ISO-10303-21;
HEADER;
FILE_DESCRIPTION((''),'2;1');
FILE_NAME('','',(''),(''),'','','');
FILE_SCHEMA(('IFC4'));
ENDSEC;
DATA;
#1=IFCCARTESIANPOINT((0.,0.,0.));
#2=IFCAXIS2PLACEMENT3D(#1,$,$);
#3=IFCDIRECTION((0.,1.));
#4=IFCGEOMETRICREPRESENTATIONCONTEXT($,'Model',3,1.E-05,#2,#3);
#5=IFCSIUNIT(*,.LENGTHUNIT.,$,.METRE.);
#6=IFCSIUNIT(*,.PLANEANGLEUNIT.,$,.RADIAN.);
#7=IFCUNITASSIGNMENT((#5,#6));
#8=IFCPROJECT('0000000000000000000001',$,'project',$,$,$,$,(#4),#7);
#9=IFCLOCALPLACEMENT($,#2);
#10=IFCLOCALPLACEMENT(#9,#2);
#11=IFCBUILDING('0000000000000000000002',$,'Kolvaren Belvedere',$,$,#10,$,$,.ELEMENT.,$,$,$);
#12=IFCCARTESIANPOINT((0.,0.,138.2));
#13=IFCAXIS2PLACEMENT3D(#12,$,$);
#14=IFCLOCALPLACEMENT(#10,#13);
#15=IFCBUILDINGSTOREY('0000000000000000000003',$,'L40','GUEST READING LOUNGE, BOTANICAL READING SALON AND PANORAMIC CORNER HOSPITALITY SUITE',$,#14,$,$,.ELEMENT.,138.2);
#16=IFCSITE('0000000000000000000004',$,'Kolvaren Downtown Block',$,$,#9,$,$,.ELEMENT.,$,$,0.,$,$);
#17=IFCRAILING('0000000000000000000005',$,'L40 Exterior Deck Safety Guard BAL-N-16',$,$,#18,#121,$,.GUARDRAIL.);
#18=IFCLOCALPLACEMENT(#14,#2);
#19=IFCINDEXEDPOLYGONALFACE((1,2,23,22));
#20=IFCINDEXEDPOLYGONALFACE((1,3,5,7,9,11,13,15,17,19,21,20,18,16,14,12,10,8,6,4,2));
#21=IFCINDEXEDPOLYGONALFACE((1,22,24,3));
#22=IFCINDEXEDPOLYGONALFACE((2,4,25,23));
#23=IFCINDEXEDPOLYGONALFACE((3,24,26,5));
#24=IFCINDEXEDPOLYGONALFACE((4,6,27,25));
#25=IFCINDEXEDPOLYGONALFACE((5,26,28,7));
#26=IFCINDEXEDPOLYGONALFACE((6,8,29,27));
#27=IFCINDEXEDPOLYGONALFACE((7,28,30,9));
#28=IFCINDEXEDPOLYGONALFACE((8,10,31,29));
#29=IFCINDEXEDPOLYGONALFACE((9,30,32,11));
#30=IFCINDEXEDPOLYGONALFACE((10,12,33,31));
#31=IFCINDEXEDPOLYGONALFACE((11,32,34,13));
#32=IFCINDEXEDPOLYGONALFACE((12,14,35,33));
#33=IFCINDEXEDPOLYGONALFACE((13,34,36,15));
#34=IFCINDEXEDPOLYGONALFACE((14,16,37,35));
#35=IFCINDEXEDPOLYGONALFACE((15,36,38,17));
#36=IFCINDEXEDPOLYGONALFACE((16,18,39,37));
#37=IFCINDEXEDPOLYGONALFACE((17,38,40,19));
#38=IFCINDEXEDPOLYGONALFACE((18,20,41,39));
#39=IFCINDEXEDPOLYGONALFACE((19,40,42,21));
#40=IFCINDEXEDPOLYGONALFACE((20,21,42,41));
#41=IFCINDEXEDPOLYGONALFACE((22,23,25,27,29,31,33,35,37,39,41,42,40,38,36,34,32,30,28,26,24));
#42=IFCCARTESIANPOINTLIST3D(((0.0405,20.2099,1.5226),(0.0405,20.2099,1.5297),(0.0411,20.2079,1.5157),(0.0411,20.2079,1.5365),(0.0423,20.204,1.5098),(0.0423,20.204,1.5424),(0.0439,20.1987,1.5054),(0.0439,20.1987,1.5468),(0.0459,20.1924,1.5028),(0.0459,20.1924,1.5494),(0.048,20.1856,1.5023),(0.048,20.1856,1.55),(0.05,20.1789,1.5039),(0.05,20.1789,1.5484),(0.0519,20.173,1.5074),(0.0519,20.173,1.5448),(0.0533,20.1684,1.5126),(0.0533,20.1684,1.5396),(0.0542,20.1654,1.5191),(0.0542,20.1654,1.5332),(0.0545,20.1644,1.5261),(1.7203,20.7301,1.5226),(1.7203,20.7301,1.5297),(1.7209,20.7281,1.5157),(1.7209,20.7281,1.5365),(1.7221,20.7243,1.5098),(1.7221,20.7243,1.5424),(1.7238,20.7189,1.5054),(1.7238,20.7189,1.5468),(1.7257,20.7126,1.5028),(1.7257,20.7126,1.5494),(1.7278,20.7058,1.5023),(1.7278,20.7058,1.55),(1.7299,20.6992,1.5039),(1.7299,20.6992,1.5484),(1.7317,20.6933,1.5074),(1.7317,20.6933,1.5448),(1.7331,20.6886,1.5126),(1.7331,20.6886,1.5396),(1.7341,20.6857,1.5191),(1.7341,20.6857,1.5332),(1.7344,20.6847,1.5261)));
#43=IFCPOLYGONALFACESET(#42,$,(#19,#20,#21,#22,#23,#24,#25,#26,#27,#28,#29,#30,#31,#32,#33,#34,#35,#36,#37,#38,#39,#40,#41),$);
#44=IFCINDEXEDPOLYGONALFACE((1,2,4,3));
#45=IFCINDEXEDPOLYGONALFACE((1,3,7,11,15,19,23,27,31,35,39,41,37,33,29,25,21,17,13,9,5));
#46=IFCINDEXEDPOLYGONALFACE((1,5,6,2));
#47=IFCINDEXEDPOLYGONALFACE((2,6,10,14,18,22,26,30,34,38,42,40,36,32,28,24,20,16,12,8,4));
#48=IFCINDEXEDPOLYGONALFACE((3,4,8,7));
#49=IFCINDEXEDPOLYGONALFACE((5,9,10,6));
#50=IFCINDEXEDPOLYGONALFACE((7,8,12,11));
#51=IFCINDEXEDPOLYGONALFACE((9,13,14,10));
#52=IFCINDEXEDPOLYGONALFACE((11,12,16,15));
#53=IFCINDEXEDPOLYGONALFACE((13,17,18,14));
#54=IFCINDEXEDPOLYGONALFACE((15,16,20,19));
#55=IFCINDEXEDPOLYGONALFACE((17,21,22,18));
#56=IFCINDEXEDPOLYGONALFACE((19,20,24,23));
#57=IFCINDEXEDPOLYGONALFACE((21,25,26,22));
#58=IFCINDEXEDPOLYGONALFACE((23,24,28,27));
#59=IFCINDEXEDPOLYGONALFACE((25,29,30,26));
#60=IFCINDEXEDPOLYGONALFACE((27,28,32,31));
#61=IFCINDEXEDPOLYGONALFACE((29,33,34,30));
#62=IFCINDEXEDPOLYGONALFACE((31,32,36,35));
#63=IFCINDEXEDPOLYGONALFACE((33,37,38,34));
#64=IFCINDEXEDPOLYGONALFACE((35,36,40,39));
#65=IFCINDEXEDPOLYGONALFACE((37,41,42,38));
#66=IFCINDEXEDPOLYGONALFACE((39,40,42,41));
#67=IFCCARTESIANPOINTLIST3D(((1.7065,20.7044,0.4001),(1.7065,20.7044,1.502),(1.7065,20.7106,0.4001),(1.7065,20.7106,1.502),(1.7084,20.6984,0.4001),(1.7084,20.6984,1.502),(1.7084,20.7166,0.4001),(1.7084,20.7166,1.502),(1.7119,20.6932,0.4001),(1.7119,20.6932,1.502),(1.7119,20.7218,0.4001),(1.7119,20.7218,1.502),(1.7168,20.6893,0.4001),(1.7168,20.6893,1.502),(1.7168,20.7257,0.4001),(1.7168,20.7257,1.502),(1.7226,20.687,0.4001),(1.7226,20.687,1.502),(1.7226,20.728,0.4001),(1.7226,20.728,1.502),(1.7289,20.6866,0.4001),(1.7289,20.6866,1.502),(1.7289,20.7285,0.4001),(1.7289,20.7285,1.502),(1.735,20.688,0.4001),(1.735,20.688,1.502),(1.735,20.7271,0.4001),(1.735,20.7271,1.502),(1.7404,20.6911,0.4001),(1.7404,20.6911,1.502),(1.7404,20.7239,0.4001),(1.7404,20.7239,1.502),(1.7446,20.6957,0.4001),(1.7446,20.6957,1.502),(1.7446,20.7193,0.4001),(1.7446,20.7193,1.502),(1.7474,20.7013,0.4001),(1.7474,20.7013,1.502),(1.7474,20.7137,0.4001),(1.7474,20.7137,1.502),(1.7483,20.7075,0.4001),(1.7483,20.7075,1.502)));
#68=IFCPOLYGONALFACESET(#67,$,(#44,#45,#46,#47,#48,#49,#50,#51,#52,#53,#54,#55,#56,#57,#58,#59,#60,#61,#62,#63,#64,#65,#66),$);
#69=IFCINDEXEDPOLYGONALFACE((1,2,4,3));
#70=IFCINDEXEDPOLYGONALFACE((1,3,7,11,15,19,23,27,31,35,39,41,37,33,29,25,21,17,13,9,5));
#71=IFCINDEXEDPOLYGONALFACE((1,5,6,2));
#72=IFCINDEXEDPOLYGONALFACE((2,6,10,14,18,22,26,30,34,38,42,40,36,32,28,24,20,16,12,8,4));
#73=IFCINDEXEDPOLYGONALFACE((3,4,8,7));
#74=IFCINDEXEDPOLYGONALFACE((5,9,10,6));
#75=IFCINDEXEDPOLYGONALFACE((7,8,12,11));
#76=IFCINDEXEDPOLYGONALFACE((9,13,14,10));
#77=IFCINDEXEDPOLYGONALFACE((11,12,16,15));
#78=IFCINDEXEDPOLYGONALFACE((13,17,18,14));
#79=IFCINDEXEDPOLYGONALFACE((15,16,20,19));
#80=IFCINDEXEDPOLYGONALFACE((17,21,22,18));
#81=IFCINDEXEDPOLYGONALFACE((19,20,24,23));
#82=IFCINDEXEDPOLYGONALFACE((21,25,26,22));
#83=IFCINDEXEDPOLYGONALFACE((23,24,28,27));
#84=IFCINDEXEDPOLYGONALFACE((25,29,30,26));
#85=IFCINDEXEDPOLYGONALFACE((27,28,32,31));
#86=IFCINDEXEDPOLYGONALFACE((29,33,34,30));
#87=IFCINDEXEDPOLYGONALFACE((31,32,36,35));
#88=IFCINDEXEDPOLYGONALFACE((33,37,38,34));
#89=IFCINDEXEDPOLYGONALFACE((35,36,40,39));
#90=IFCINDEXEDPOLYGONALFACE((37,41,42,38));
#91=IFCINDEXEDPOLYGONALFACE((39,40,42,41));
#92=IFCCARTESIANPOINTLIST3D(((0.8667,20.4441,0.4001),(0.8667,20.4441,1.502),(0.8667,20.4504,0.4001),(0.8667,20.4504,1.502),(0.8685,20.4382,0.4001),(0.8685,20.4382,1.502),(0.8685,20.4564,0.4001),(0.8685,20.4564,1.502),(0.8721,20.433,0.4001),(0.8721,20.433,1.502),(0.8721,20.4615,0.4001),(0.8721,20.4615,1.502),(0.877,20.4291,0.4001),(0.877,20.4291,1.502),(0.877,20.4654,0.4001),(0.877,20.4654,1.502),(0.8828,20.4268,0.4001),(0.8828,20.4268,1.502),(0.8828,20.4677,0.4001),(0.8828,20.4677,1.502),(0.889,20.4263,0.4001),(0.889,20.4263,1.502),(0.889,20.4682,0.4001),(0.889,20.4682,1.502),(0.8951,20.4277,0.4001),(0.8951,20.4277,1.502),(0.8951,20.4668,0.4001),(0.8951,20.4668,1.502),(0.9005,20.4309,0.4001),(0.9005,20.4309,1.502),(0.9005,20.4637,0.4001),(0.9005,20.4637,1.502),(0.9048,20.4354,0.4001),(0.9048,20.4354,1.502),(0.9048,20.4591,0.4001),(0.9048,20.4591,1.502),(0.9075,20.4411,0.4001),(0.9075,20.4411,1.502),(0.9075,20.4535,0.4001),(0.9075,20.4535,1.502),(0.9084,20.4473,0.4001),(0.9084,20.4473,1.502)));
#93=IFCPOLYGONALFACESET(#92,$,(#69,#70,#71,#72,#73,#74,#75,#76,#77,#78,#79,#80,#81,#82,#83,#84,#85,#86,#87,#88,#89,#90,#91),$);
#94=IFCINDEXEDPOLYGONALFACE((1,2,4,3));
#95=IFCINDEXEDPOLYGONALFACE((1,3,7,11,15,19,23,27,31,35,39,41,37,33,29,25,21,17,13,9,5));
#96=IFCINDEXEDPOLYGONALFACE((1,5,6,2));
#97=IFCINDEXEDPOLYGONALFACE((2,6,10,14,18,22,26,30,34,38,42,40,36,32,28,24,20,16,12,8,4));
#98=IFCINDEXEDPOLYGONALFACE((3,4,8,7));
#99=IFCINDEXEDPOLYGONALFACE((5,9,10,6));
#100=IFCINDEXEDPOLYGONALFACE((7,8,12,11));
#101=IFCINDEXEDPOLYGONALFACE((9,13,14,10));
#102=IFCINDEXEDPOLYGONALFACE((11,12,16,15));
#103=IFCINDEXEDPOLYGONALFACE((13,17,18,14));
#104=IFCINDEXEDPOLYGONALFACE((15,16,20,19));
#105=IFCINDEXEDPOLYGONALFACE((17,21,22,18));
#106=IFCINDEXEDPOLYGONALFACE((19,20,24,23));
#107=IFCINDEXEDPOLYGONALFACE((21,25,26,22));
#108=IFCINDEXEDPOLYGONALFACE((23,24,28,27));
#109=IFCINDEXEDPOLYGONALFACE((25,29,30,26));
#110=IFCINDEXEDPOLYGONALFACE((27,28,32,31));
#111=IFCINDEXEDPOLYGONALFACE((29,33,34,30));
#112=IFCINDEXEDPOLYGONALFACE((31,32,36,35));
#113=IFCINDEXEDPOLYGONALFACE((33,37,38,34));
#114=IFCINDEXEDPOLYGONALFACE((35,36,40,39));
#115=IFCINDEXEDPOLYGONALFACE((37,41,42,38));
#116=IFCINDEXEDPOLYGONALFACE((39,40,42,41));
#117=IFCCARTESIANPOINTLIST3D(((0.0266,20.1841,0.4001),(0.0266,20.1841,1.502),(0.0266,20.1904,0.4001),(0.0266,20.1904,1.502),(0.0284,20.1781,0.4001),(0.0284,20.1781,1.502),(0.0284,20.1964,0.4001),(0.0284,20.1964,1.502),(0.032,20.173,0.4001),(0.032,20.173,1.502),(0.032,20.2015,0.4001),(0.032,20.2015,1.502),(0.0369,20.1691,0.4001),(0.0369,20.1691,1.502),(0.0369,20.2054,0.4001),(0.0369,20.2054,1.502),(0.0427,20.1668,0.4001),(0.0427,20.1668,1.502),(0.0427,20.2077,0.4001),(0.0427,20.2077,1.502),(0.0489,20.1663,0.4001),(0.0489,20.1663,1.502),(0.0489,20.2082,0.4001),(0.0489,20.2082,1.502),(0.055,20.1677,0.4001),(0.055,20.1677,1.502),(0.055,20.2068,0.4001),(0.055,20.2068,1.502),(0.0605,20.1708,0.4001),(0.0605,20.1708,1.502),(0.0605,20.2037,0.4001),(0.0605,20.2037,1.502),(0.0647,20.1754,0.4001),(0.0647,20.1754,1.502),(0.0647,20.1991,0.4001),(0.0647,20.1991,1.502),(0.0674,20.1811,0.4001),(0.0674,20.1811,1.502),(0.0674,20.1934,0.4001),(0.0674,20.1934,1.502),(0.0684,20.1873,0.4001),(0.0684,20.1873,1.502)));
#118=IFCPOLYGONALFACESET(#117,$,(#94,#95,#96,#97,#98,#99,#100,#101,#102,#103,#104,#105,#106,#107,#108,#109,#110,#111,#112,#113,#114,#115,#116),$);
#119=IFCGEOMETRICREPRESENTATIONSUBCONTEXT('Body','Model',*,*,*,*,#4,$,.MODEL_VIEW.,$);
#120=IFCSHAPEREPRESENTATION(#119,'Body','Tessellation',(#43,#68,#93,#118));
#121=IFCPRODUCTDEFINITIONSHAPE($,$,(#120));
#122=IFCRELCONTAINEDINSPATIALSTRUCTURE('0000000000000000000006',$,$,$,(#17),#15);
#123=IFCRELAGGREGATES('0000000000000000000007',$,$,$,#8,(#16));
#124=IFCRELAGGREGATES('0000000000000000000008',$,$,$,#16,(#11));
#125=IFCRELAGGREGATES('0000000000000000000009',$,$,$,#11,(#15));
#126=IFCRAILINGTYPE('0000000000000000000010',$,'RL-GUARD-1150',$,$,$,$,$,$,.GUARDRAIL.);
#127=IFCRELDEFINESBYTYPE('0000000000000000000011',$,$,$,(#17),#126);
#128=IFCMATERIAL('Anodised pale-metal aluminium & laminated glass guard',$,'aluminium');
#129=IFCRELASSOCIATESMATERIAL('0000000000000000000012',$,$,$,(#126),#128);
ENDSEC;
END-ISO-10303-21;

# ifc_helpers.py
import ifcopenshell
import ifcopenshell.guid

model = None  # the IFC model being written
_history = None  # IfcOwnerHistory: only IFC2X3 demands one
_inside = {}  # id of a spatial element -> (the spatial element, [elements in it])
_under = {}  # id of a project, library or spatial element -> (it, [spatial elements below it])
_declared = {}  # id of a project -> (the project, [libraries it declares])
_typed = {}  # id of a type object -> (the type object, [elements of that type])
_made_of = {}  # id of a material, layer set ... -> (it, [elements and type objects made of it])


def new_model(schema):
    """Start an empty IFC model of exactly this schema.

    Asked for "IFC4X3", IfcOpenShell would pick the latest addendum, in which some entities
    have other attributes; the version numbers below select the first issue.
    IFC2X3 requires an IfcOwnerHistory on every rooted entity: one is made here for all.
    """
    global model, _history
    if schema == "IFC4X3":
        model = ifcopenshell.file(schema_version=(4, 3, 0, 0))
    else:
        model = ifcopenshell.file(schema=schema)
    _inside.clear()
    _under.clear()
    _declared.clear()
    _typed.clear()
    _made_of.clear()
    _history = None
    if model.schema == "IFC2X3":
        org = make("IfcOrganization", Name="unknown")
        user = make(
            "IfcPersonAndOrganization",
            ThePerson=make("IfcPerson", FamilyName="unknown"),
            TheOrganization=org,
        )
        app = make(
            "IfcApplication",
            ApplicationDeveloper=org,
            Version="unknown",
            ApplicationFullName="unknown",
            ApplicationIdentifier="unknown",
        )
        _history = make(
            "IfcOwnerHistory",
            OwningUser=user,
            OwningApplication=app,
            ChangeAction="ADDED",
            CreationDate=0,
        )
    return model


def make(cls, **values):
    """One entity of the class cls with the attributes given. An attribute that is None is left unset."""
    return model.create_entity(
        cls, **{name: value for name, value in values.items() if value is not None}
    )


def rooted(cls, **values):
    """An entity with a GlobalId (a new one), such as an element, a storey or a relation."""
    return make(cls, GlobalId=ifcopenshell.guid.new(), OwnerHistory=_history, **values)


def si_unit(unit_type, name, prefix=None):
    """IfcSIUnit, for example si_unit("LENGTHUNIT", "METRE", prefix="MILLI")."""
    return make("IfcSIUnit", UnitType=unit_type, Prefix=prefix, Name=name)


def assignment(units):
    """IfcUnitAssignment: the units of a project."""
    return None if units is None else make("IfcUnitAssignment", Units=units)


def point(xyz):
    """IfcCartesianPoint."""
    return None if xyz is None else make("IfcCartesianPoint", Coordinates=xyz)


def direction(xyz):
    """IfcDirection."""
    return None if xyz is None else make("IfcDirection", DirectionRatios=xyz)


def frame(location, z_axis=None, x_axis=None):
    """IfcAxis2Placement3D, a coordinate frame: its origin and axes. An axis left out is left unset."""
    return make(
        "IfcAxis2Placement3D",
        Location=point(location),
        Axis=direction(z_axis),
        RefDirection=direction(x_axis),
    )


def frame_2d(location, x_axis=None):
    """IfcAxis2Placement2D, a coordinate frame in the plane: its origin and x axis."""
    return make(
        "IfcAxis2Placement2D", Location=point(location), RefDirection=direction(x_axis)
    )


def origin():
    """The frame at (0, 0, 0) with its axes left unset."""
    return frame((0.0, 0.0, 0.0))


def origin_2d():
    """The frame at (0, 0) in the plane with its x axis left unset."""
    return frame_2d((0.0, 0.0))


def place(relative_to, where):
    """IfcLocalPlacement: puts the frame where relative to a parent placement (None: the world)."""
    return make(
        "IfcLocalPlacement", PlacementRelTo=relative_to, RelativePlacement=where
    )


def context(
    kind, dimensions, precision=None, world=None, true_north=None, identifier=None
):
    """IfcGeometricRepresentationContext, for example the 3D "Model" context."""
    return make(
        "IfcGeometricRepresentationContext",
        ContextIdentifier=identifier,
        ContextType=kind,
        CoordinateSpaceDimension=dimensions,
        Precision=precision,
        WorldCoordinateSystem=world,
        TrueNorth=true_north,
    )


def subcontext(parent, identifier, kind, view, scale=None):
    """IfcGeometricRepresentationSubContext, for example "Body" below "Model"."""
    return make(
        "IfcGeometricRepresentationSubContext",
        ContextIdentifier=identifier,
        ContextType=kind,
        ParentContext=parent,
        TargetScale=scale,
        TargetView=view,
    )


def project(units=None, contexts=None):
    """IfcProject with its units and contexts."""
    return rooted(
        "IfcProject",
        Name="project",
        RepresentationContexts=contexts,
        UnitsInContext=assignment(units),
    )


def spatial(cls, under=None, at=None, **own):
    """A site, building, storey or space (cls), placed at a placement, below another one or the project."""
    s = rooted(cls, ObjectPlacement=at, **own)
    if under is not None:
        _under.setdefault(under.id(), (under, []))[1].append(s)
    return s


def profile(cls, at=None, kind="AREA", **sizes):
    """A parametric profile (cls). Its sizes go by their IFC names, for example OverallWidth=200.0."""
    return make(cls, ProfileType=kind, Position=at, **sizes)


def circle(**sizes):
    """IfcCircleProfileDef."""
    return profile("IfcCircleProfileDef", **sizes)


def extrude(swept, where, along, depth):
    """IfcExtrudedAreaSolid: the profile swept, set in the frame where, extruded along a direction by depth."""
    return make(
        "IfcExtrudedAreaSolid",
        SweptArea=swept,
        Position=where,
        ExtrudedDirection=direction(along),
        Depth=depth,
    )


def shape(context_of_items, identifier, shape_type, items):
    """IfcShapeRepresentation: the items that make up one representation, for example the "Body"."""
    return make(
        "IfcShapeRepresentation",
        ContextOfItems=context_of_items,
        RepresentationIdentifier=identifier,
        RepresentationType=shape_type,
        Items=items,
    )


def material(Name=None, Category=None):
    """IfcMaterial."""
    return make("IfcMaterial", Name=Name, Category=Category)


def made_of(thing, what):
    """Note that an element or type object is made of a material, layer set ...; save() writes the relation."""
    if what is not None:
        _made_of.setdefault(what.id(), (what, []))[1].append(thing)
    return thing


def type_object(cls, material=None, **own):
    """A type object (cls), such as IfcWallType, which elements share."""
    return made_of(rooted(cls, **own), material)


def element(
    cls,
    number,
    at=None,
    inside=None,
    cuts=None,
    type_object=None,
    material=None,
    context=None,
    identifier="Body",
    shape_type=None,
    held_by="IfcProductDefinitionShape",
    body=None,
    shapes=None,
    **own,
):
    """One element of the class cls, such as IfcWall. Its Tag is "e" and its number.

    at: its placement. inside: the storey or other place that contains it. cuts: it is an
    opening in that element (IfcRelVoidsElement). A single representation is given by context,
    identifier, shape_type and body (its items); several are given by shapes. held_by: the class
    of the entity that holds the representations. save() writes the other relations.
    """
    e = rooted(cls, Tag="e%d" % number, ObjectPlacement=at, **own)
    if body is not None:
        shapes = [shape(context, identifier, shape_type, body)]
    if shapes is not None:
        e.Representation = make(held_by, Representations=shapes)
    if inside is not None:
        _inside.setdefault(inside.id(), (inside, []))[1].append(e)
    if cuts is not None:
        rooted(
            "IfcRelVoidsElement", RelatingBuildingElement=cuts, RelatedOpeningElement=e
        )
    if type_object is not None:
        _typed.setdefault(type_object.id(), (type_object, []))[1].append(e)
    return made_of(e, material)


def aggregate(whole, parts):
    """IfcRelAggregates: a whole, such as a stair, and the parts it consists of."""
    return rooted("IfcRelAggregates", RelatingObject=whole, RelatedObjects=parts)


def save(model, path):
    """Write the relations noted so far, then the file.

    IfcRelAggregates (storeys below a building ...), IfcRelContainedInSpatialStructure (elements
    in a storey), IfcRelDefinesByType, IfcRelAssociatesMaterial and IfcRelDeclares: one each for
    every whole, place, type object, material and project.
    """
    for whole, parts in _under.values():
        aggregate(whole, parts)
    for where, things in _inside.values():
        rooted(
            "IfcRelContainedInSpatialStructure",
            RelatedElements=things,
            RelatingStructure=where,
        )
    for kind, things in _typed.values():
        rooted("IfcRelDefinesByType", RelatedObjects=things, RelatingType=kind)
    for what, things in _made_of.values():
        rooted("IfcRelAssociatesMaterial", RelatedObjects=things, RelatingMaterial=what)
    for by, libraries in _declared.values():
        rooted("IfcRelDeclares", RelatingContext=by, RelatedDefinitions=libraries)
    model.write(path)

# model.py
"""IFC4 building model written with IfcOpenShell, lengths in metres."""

from ifc_helpers import new_model, si_unit, direction, frame, origin, origin_2d, place, context, subcontext, project, spatial, circle, extrude, material, type_object, element, save


model = new_model("IFC4")

# Units and contexts
model_context = context("Model", 3, precision=1e-05, world=origin(), true_north=direction((0.0, 1.0)))
body_context = subcontext(model_context, "Body", "Model", "MODEL_VIEW")
ifc_project = project(units=[si_unit("LENGTHUNIT", "METRE"), si_unit("PLANEANGLEUNIT", "RADIAN")], contexts=[model_context])

# Site, building, storey
site_placement = place(None, origin())
site = spatial("IfcSite", under=ifc_project, at=site_placement, Name="Kolvaren Downtown Block", CompositionType="ELEMENT", RefElevation=0.0)
building_placement = place(site_placement, origin())
building = spatial("IfcBuilding", under=site, at=building_placement, Name="Kolvaren Belvedere", CompositionType="ELEMENT")
storey_placement = place(building_placement, frame((0.0, 0.0, 138.2)))
storey = spatial("IfcBuildingStorey", under=building, at=storey_placement, Name="L40", Description="GUEST READING LOUNGE, BOTANICAL READING SALON AND PANORAMIC CORNER HOSPITALITY SUITE", CompositionType="ELEMENT", Elevation=138.2)

# Railing
ifc_material_1 = material(Name="Anodised pale-metal aluminium & laminated glass guard", Category="aluminium")
railing_type = type_object("IfcRailingType", Name="RL-GUARD-1150", PredefinedType="GUARDRAIL", material=ifc_material_1)
railing_1_placement = place(storey_placement, frame((1.7273, 20.7075, 0.4001)))
element("IfcRailing", 1, at=railing_1_placement, inside=storey, type_object=railing_type, Name="L40 Exterior Deck Safety Guard BAL-N-16", PredefinedType="GUARDRAIL", context=body_context, shape_type="SweptSolid", body=[
    extrude(circle(Radius=0.0239, at=origin_2d()), frame((0.0, 0.0, 1.126), z_axis=(-0.95524, -0.295832, 0.0), x_axis=(0.295832, -0.95524, 0.0)), (0.0, 0.0, 1.0), 1.7585),
    extrude(circle(Radius=0.021, at=origin_2d()), origin(), (0.0, 0.0, 1.0), 1.1018),
    extrude(circle(Radius=0.021, at=origin_2d()), frame((-0.8398, -0.2603, 0.0)), (0.0, 0.0, 1.0), 1.1018),
    extrude(circle(Radius=0.021, at=origin_2d()), frame((-1.6799, -0.5203, 0.0)), (0.0, 0.0, 1.0), 1.1018),
])

save(model, "model.ifc")
